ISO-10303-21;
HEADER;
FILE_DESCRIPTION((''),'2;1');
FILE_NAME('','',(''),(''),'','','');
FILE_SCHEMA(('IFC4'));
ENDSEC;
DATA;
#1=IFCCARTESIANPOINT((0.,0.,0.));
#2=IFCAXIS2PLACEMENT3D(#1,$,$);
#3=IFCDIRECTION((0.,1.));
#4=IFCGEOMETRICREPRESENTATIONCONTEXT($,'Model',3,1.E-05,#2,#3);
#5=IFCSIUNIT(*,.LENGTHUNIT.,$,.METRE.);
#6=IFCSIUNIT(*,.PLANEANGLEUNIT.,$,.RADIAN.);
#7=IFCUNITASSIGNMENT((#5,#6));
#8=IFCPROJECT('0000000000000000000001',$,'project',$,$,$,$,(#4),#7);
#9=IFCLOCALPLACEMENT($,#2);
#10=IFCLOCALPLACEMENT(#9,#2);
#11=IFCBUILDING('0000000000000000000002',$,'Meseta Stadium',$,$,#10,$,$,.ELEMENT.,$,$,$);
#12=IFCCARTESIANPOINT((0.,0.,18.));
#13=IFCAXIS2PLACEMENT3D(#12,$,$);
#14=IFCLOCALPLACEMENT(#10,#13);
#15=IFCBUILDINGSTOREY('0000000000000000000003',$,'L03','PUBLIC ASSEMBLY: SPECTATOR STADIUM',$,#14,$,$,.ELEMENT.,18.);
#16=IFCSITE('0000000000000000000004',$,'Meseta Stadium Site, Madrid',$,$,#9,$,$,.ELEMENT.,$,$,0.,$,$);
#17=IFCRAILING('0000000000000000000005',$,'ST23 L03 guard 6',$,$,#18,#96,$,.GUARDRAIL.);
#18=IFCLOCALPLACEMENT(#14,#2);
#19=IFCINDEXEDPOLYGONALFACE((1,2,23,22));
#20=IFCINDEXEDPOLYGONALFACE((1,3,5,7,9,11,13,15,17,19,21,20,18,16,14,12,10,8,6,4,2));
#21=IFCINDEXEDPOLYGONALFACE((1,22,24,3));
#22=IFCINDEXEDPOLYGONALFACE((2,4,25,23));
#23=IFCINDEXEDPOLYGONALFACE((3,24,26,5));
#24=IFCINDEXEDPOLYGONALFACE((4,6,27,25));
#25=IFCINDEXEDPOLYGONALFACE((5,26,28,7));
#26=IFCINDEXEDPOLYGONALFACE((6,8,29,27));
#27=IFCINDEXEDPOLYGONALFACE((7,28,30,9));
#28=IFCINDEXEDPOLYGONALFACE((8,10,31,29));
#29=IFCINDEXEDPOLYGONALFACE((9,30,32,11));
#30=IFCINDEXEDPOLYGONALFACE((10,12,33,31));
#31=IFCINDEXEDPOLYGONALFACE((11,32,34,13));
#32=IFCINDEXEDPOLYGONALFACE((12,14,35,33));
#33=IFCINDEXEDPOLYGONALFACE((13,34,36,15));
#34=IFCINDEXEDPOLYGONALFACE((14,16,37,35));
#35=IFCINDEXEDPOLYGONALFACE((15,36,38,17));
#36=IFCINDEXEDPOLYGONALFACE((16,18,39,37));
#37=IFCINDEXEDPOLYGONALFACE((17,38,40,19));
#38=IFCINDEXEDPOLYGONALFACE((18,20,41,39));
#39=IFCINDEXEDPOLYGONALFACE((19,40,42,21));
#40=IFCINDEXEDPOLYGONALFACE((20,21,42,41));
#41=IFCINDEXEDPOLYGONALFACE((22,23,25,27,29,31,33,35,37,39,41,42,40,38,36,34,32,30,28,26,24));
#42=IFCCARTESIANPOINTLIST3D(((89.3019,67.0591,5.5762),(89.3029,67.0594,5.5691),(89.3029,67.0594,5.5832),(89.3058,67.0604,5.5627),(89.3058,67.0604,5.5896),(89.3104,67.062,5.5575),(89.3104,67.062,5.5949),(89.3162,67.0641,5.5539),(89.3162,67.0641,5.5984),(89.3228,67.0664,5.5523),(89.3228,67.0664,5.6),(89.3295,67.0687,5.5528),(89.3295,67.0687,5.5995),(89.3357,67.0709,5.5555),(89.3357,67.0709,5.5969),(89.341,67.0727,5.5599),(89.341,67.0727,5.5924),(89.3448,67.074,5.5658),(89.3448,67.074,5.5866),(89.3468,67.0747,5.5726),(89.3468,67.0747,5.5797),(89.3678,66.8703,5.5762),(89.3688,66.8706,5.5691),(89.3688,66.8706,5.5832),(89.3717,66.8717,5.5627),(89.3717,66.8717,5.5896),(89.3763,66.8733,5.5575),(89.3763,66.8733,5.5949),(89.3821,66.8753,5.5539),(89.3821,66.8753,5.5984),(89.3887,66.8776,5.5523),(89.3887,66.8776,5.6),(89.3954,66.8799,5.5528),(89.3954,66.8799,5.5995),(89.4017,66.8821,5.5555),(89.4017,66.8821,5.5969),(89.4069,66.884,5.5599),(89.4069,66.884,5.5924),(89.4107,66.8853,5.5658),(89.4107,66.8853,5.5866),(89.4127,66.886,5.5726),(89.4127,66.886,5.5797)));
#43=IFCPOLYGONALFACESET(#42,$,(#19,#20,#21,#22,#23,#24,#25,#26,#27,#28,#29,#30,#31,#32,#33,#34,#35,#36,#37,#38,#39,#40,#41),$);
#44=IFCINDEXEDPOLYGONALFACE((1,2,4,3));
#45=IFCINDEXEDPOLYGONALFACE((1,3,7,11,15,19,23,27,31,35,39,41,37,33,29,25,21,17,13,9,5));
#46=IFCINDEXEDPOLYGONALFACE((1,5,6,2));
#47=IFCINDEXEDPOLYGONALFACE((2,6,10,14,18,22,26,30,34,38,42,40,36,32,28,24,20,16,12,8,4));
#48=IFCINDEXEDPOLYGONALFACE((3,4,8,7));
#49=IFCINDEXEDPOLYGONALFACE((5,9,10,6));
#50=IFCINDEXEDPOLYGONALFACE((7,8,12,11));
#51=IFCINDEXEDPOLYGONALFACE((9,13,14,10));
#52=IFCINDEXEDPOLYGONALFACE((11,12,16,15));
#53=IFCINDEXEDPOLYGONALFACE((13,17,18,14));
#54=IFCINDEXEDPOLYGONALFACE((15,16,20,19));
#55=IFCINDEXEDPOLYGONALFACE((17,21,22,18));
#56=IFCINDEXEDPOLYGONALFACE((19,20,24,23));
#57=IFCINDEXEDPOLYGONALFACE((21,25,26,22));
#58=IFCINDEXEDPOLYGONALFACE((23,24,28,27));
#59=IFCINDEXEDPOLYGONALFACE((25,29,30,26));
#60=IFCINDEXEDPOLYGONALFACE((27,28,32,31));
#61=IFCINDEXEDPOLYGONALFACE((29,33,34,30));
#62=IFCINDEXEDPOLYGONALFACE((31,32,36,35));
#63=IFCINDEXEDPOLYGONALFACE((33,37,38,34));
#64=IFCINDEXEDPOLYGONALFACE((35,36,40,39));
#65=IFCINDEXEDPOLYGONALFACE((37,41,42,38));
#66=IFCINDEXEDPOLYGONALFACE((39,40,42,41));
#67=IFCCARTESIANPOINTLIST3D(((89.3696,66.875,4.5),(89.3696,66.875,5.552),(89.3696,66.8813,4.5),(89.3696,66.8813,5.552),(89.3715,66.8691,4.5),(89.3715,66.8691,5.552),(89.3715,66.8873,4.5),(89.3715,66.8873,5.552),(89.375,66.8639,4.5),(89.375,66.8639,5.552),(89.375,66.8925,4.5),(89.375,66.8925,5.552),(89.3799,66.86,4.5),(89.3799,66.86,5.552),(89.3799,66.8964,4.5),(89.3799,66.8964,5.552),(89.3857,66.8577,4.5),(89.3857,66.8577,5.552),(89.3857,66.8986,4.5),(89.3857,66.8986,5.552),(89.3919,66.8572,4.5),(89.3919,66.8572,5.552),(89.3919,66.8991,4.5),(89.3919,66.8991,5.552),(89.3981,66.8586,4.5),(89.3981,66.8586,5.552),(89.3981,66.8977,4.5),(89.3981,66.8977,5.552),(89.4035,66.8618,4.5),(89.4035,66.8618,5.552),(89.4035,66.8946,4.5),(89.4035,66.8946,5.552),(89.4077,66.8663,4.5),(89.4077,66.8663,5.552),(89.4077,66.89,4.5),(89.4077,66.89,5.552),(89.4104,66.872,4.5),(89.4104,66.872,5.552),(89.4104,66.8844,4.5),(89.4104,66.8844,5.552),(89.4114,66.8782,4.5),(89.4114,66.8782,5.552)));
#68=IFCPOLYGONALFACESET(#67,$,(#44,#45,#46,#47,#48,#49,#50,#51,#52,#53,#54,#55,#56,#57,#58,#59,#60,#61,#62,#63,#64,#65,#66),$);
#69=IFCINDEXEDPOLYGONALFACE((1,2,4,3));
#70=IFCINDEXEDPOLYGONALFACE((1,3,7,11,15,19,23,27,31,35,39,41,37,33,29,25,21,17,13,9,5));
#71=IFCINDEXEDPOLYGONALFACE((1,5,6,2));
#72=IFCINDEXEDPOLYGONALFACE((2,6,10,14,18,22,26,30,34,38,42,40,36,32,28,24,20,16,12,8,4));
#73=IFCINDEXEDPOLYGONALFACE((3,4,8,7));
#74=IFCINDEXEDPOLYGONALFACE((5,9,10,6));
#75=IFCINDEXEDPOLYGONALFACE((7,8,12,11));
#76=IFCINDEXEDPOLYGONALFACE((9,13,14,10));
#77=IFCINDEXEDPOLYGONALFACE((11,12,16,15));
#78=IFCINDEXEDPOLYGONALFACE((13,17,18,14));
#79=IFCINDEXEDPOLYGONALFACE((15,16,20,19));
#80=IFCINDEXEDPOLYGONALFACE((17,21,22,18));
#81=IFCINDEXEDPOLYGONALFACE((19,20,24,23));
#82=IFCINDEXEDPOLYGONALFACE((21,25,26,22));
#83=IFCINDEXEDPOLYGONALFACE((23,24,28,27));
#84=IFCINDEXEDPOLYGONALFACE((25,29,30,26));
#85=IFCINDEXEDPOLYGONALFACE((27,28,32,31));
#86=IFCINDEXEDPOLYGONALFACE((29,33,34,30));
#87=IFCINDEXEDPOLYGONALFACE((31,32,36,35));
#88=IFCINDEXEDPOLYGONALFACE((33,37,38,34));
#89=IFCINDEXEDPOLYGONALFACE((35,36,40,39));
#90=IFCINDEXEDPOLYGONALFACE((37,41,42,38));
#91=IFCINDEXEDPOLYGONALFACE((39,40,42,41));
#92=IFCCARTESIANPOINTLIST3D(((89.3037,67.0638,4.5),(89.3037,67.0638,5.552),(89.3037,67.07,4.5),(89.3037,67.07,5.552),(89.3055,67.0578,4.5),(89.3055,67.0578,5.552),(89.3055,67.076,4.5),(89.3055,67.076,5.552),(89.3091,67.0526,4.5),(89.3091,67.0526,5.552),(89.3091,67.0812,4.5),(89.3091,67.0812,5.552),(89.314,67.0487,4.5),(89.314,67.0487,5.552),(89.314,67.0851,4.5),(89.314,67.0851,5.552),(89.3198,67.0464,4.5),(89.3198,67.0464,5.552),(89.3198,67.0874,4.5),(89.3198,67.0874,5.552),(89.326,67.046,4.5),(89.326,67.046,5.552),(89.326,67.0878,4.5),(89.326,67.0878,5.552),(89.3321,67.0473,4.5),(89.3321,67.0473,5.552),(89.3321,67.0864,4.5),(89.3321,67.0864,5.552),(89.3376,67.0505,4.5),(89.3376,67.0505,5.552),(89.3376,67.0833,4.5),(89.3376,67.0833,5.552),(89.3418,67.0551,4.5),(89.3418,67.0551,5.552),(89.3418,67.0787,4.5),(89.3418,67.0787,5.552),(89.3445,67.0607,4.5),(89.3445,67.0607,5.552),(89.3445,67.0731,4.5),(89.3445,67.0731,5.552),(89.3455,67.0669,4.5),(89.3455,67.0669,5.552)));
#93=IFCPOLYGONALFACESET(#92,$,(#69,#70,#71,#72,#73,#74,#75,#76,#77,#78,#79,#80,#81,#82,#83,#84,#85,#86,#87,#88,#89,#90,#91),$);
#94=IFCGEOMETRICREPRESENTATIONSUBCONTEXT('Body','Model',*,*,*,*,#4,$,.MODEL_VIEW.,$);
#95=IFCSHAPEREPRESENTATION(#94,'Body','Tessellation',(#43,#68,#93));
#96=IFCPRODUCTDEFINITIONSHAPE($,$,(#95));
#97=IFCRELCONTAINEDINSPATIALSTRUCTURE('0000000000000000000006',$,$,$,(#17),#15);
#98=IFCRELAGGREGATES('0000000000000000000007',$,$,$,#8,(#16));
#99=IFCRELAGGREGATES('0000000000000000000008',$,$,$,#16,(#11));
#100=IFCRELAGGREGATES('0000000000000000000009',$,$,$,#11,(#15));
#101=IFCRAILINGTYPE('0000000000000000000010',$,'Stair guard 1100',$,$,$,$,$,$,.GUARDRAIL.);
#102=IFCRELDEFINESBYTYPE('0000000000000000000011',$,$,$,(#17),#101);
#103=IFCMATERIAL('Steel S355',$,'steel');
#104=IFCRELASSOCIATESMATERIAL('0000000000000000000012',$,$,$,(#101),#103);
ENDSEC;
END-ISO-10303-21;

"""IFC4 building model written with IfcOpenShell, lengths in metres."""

from ifc_helpers import new_model, si_unit, direction, frame, origin, origin_2d, place, context, subcontext, project, spatial, circle, extrude, material, type_object, element, save


model = new_model("IFC4")

# Units and contexts
model_context = context("Model", 3, precision=1e-05, world=origin(), true_north=direction((0.0, 1.0)))
body_context = subcontext(model_context, "Body", "Model", "MODEL_VIEW")
ifc_project = project(units=[si_unit("LENGTHUNIT", "METRE"), si_unit("PLANEANGLEUNIT", "RADIAN")], contexts=[model_context])

# Site, building, storey
site_placement = place(None, origin())
site = spatial("IfcSite", under=ifc_project, at=site_placement, Name="Meseta Stadium Site, Madrid", CompositionType="ELEMENT", RefElevation=0.0)
building_placement = place(site_placement, origin())
building = spatial("IfcBuilding", under=site, at=building_placement, Name="Meseta Stadium", CompositionType="ELEMENT")
storey_placement = place(building_placement, frame((0.0, 0.0, 18.0)))
storey = spatial("IfcBuildingStorey", under=building, at=storey_placement, Name="L03", Description="PUBLIC ASSEMBLY: SPECTATOR STADIUM", CompositionType="ELEMENT", Elevation=18.0)

# Railing
ifc_material_1 = material(Name="Steel S355", Category="steel")
railing_type_1 = type_object("IfcRailingType", Name="Stair guard 1100", PredefinedType="GUARDRAIL", material=ifc_material_1)
railing_1_placement = place(storey_placement, frame((89.3904, 66.8782, 4.5)))
element("IfcRailing", 1, at=railing_1_placement, inside=storey, type_object=railing_type_1, Name="ST23 L03 guard 6", PredefinedType="GUARDRAIL", context=body_context, shape_type="SweptSolid", body=[
    extrude(circle(Radius=0.0239, at=origin_2d()), frame((0.0, 0.0, 1.0762), z_axis=(-0.329752, 0.944068, 0.0), x_axis=(-0.944068, -0.329752, 0.0)), (0.0, 0.0, 1.0), 0.2),
    extrude(circle(Radius=0.021, at=origin_2d()), origin(), (0.0, 0.0, 1.0), 1.052),
    extrude(circle(Radius=0.021, at=origin_2d()), frame((-0.0659, 0.1887, 0.0)), (0.0, 0.0, 1.0), 1.052),
])

save(model, "model.ifc")
